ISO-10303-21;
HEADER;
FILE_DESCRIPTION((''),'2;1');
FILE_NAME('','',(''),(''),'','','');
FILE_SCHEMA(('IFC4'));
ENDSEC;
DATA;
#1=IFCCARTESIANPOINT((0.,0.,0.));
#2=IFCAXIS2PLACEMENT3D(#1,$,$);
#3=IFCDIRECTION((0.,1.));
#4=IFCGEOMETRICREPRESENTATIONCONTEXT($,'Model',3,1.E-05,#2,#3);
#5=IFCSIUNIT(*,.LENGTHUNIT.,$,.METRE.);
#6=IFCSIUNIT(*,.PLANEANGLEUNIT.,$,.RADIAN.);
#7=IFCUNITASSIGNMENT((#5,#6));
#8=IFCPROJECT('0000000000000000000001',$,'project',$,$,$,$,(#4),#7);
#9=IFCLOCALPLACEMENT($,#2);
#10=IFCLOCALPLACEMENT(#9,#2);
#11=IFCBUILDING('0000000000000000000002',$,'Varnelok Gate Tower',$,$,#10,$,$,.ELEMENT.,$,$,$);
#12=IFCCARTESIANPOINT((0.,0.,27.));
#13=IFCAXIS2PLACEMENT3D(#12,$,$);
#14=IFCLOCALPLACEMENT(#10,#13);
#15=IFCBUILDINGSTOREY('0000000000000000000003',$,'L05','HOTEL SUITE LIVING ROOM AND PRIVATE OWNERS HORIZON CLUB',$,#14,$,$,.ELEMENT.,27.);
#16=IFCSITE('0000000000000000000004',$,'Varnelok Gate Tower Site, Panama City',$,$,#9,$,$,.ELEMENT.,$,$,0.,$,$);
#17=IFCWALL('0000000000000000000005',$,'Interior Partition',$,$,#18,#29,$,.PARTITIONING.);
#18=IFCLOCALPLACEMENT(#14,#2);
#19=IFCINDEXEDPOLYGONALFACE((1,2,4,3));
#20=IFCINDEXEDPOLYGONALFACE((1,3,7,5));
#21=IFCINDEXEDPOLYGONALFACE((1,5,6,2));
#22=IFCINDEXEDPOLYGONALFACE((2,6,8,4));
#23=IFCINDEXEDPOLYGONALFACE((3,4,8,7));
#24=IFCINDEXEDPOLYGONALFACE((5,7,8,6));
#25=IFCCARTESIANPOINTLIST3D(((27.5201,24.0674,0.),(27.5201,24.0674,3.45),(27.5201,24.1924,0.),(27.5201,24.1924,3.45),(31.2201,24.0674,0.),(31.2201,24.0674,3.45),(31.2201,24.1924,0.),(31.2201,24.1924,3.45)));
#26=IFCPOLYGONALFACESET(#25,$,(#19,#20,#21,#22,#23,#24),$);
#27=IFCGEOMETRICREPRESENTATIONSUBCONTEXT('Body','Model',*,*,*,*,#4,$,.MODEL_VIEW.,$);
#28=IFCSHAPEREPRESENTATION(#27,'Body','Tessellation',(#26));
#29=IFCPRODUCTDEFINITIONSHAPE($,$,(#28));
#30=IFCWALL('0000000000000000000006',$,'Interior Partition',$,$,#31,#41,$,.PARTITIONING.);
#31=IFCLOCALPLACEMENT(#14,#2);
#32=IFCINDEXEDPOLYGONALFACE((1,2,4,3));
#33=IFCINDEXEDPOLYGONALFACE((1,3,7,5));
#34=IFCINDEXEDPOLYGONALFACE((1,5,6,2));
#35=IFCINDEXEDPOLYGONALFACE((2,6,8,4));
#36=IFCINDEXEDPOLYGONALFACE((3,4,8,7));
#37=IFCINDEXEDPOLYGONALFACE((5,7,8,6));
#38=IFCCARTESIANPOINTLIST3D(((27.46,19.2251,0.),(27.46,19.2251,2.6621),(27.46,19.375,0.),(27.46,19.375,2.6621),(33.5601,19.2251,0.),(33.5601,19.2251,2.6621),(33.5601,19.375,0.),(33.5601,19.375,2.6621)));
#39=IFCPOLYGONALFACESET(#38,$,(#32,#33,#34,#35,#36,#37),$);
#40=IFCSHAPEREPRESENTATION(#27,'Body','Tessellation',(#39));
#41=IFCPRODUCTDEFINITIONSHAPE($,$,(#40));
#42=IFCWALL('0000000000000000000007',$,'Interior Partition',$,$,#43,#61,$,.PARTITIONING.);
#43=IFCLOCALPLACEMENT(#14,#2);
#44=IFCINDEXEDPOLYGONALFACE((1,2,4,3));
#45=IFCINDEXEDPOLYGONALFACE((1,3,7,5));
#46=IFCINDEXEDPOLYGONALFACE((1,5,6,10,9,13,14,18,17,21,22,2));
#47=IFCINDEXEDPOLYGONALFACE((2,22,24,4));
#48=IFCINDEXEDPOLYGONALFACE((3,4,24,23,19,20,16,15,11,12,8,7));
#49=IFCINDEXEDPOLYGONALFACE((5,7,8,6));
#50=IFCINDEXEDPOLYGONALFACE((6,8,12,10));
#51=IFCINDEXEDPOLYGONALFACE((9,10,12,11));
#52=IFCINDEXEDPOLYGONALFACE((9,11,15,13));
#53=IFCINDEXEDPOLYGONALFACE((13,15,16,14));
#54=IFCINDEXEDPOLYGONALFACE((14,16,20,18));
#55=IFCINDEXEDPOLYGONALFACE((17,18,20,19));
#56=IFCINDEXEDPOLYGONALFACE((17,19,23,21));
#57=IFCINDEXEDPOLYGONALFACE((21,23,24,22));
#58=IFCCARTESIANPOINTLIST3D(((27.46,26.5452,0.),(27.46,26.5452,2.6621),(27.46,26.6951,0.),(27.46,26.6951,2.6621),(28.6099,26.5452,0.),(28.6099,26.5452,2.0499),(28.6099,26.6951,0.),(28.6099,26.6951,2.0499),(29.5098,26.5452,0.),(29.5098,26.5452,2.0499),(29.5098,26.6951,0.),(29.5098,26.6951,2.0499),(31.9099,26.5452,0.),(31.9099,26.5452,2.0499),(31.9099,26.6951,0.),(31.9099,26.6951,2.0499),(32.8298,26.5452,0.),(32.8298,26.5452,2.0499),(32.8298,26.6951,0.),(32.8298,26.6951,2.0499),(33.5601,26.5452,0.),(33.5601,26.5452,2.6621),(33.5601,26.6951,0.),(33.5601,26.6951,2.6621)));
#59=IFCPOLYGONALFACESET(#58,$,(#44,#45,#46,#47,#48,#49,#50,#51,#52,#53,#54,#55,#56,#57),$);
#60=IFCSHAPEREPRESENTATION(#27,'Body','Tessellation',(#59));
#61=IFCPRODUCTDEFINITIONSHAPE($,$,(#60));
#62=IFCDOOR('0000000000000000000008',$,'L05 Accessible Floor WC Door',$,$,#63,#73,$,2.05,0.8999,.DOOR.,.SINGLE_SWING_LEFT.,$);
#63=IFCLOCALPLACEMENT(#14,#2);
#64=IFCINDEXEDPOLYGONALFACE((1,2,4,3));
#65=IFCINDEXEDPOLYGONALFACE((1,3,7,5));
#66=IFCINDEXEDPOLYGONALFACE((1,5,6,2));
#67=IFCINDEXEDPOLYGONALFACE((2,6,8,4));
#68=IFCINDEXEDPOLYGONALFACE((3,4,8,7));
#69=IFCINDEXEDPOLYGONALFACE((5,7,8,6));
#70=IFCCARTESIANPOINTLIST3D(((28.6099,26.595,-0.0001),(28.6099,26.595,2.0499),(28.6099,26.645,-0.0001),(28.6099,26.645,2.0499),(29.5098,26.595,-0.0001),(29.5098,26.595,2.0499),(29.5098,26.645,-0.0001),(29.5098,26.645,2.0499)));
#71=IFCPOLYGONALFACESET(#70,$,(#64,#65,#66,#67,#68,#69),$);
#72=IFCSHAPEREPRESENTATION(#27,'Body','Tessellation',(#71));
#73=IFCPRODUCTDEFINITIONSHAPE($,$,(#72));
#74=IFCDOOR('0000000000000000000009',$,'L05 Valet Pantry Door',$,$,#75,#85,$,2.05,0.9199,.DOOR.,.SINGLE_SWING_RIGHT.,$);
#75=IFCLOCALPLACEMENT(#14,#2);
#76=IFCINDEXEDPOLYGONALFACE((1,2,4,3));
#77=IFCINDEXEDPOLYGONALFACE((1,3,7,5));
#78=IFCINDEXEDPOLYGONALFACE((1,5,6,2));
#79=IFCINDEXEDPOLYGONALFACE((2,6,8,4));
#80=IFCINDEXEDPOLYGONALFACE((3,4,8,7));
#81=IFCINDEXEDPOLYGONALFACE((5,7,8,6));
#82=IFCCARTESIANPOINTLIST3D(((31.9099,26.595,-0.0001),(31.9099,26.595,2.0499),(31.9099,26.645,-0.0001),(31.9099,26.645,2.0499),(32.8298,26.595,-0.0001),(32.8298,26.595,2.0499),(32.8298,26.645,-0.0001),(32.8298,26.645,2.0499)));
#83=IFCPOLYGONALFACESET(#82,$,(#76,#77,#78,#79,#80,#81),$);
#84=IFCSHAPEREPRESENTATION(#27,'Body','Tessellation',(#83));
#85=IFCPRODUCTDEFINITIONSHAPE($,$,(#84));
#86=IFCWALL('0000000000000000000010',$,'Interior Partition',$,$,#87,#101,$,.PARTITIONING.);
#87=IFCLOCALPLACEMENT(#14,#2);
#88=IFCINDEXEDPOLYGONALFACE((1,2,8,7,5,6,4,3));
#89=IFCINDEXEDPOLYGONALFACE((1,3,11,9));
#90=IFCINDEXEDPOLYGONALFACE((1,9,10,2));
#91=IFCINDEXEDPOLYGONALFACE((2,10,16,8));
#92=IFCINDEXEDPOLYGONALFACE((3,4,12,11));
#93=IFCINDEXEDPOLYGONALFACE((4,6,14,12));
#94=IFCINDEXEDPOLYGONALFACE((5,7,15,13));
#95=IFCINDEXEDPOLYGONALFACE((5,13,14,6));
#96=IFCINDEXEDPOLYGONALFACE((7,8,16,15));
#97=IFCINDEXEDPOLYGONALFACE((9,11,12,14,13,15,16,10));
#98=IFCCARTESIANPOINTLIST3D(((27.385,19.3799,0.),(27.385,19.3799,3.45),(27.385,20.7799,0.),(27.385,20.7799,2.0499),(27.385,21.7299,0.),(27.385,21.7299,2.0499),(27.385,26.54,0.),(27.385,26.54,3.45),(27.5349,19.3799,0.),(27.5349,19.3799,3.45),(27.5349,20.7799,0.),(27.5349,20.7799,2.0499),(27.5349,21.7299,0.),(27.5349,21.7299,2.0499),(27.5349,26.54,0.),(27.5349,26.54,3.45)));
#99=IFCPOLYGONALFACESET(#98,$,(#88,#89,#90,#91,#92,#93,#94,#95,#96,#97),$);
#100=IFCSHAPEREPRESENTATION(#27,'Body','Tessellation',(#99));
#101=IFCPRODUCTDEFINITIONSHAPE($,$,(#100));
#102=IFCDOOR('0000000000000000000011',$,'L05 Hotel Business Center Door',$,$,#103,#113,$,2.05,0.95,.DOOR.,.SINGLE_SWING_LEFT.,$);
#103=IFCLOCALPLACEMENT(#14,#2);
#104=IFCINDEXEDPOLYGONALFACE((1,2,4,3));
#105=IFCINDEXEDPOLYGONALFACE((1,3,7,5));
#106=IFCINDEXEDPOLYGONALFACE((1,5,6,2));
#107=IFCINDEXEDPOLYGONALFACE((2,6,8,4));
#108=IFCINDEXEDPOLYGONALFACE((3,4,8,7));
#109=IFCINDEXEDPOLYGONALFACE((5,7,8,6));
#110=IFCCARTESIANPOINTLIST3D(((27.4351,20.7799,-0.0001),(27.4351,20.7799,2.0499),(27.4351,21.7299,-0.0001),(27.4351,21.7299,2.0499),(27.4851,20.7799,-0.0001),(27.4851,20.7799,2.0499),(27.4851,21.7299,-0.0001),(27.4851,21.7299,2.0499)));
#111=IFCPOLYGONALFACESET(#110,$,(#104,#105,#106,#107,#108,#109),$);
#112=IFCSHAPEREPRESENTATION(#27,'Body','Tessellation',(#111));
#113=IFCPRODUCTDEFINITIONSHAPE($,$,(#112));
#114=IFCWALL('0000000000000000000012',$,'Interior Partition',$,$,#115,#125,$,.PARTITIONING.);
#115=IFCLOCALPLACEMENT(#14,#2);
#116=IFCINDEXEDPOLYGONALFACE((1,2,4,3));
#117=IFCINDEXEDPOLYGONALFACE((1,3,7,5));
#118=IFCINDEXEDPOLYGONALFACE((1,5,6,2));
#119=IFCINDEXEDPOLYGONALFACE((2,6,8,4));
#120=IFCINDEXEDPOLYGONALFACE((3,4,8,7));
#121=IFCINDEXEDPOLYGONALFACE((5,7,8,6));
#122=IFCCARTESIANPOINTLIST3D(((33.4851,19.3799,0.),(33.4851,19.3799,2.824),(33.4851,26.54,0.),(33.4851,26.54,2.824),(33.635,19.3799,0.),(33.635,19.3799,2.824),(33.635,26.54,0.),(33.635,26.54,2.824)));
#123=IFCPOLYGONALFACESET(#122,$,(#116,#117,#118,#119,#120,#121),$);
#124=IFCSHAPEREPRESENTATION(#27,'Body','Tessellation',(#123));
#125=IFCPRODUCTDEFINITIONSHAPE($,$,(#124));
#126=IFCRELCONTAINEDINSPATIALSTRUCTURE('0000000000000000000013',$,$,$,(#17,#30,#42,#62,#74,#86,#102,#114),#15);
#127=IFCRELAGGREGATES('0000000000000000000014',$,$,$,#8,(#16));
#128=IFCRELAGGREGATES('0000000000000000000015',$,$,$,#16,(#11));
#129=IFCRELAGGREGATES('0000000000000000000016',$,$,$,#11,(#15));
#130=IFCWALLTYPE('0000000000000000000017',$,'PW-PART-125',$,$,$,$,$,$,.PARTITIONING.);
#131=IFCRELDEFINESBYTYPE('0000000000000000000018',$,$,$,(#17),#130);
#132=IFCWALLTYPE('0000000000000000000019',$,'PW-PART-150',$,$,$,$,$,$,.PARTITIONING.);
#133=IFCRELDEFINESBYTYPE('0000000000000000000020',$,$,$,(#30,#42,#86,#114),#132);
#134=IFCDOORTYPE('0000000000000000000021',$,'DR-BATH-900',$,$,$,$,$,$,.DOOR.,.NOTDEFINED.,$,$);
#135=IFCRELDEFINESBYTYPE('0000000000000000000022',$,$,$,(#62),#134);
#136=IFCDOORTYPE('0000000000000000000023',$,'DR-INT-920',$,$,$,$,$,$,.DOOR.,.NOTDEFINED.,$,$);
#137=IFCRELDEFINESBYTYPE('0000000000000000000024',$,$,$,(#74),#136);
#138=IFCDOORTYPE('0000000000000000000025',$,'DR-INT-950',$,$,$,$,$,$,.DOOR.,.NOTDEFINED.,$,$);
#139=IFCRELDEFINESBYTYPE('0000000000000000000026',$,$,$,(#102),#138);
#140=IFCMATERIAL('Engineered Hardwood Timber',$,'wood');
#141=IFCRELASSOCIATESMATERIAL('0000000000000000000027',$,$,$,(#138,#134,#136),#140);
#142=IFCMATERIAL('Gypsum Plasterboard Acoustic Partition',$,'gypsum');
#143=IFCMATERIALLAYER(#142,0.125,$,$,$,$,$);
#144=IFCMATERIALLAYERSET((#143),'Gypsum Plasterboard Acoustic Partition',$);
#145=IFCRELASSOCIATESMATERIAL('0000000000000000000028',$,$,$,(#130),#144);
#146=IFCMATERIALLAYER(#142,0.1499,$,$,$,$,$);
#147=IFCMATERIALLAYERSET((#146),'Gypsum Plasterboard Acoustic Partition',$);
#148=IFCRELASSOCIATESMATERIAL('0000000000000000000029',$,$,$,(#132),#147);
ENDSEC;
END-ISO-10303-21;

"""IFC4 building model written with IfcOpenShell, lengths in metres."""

from ifc_helpers import new_model, si_unit, direction, frame, frame_2d, origin, place, context, subcontext, project, spatial, rectangle, extrude, material, layer, layer_set, type_object, element, fill, save


model = new_model("IFC4")

# Units and contexts
model_context = context("Model", 3, precision=1e-05, world=origin(), true_north=direction((0.0, 1.0)))
body_context = subcontext(model_context, "Body", "Model", "MODEL_VIEW")
ifc_project = project(units=[si_unit("LENGTHUNIT", "METRE"), si_unit("PLANEANGLEUNIT", "RADIAN")], contexts=[model_context])

# Site, building, storey
site_placement = place(None, origin())
site = spatial("IfcSite", under=ifc_project, at=site_placement, Name="Varnelok Gate Tower Site, Panama City", CompositionType="ELEMENT", RefElevation=0.0)
building_placement = place(site_placement, origin())
building = spatial("IfcBuilding", under=site, at=building_placement, Name="Varnelok Gate Tower", CompositionType="ELEMENT")
storey_placement = place(building_placement, frame((0.0, 0.0, 27.0)))
storey = spatial("IfcBuildingStorey", under=building, at=storey_placement, Name="L05", Description="HOTEL SUITE LIVING ROOM AND PRIVATE OWNERS HORIZON CLUB", CompositionType="ELEMENT", Elevation=27.0)

# Shared definitions
ifc_material_1 = material(Name="Gypsum Plasterboard Acoustic Partition", Category="gypsum")
ifc_material_2 = material(Name="Engineered Hardwood Timber", Category="wood")
door_type_1 = type_object("IfcDoorType", Name="DR-INT-950", OperationType="NOTDEFINED", PredefinedType="DOOR", material=ifc_material_2)

# Walls
ifc_layer_1 = layer(ifc_material_1, 0.125)
ifc_layer_set_1 = layer_set([ifc_layer_1], Name="Gypsum Plasterboard Acoustic Partition")
wall_type_1 = type_object("IfcWallType", Name="PW-PART-125", PredefinedType="PARTITIONING", material=ifc_layer_set_1)
wall_1_placement = place(storey_placement, frame((27.52, 24.1299, 0.0), z_axis=(0.0, 0.0, 1.0), x_axis=(1.0, 0.0, 0.0)))
element("IfcWall", 1, at=wall_1_placement, inside=storey, type_object=wall_type_1, Name="Interior Partition", PredefinedType="PARTITIONING", context=body_context, shape_type="SweptSolid", body=[
    extrude(rectangle(XDim=3.7, YDim=0.125, at=frame_2d((1.8501, 0.0))), origin(), (0.0, 0.0, 1.0), 3.45),
])
ifc_layer_2 = layer(ifc_material_1, 0.1499)
ifc_layer_set_2 = layer_set([ifc_layer_2], Name="Gypsum Plasterboard Acoustic Partition")
wall_type_2 = type_object("IfcWallType", Name="PW-PART-150", PredefinedType="PARTITIONING", material=ifc_layer_set_2)
wall_2_placement = place(storey_placement, frame((27.46, 19.3, 0.0), z_axis=(0.0, 0.0, 1.0), x_axis=(1.0, 0.0, 0.0)))
element("IfcWall", 2, at=wall_2_placement, inside=storey, type_object=wall_type_2, Name="Interior Partition", PredefinedType="PARTITIONING", context=body_context, shape_type="SweptSolid", body=[
    extrude(rectangle(XDim=6.1001, YDim=0.1499, at=frame_2d((3.05, 0.0))), origin(), (0.0, 0.0, 1.0), 2.6621),
])

# Wall, openings, doors
wall_3_placement = place(storey_placement, frame((27.46, 26.6201, 0.0), z_axis=(0.0, 0.0, 1.0), x_axis=(1.0, 0.0, 0.0)))
wall_3 = element("IfcWall", 3, at=wall_3_placement, inside=storey, type_object=wall_type_2, Name="Interior Partition", PredefinedType="PARTITIONING", context=body_context, shape_type="SweptSolid", body=[
    extrude(rectangle(XDim=6.1001, YDim=0.1499, at=frame_2d((3.05, 0.0))), origin(), (0.0, 0.0, 1.0), 2.6621),
])
opening_1_placement = place(wall_3_placement, frame((1.1499, 0.0, 0.0)))
opening_1 = element("IfcOpeningElement", 4, at=opening_1_placement, cuts=wall_3, PredefinedType="OPENING", context=body_context, shape_type="SweptSolid", body=[
    extrude(rectangle(XDim=0.8999, YDim=2.05, at=frame_2d((0.45, 1.0249))), frame((0.0, 0.085, 0.0), z_axis=(0.0, -1.0, 0.0), x_axis=(1.0, 0.0, 0.0)), (0.0, 0.0, 1.0), 0.1699),
])
opening_2_placement = place(wall_3_placement, frame((4.45, 0.0, 0.0)))
opening_2 = element("IfcOpeningElement", 5, at=opening_2_placement, cuts=wall_3, PredefinedType="OPENING", context=body_context, shape_type="SweptSolid", body=[
    extrude(rectangle(XDim=0.9199, YDim=2.05, at=frame_2d((0.46, 1.0249))), frame((0.0, 0.085, 0.0), z_axis=(0.0, -1.0, 0.0), x_axis=(1.0, 0.0, 0.0)), (0.0, 0.0, 1.0), 0.1699),
])
door_type_2 = type_object("IfcDoorType", Name="DR-BATH-900", OperationType="NOTDEFINED", PredefinedType="DOOR", material=ifc_material_2)
door_1_placement = place(opening_1_placement, origin())
door_1 = element("IfcDoor", 6, at=door_1_placement, inside=storey, type_object=door_type_2, Name="L05 Accessible Floor WC Door", OperationType="SINGLE_SWING_LEFT", OverallHeight=2.05, OverallWidth=0.8999, PredefinedType="DOOR", context=body_context, shape_type="SweptSolid", body=[
    extrude(rectangle(XDim=0.8999, YDim=2.05, at=frame_2d((0.45, 1.0249))), frame((0.0, 0.0249, 0.0), z_axis=(0.0, -1.0, 0.0), x_axis=(1.0, 0.0, 0.0)), (0.0, 0.0, 1.0), 0.05),
])
fill(opening_1, door_1)
door_type_3 = type_object("IfcDoorType", Name="DR-INT-920", OperationType="NOTDEFINED", PredefinedType="DOOR", material=ifc_material_2)
door_2_placement = place(opening_2_placement, origin())
door_2 = element("IfcDoor", 7, at=door_2_placement, inside=storey, type_object=door_type_3, Name="L05 Valet Pantry Door", OperationType="SINGLE_SWING_RIGHT", OverallHeight=2.05, OverallWidth=0.9199, PredefinedType="DOOR", context=body_context, shape_type="SweptSolid", body=[
    extrude(rectangle(XDim=0.9199, YDim=2.05, at=frame_2d((0.46, 1.0249))), frame((0.0, 0.0249, 0.0), z_axis=(0.0, -1.0, 0.0), x_axis=(1.0, 0.0, 0.0)), (0.0, 0.0, 1.0), 0.05),
])
fill(opening_2, door_2)

# Wall, opening, door
wall_4_placement = place(storey_placement, frame((27.46, 19.3799, 0.0), z_axis=(0.0, 0.0, 1.0), x_axis=(0.0, 1.0, 0.0)))
wall_4 = element("IfcWall", 8, at=wall_4_placement, inside=storey, type_object=wall_type_2, Name="Interior Partition", PredefinedType="PARTITIONING", context=body_context, shape_type="SweptSolid", body=[
    extrude(rectangle(XDim=7.1602, YDim=0.1499, at=frame_2d((3.5801, 0.0))), origin(), (0.0, 0.0, 1.0), 3.45),
])
opening_3_placement = place(wall_4_placement, frame((1.3999, 0.0, 0.0)))
opening_3 = element("IfcOpeningElement", 9, at=opening_3_placement, cuts=wall_4, PredefinedType="OPENING", context=body_context, shape_type="SweptSolid", body=[
    extrude(rectangle(XDim=0.95, YDim=2.05, at=frame_2d((0.4751, 1.0249))), frame((0.0, 0.085, 0.0), z_axis=(0.0, -1.0, 0.0), x_axis=(1.0, 0.0, 0.0)), (0.0, 0.0, 1.0), 0.1699),
])
door_3_placement = place(opening_3_placement, origin())
door_3 = element("IfcDoor", 10, at=door_3_placement, inside=storey, type_object=door_type_1, Name="L05 Hotel Business Center Door", OperationType="SINGLE_SWING_LEFT", OverallHeight=2.05, OverallWidth=0.95, PredefinedType="DOOR", context=body_context, shape_type="SweptSolid", body=[
    extrude(rectangle(XDim=0.95, YDim=2.05, at=frame_2d((0.4751, 1.0249))), frame((0.0, 0.0249, 0.0), z_axis=(0.0, -1.0, 0.0), x_axis=(1.0, 0.0, 0.0)), (0.0, 0.0, 1.0), 0.05),
])
fill(opening_3, door_3)

# Wall
wall_5_placement = place(storey_placement, frame((33.5601, 19.3799, 0.0), z_axis=(0.0, 0.0, 1.0), x_axis=(0.0, 1.0, 0.0)))
element("IfcWall", 11, at=wall_5_placement, inside=storey, type_object=wall_type_2, Name="Interior Partition", PredefinedType="PARTITIONING", context=body_context, shape_type="SweptSolid", body=[
    extrude(rectangle(XDim=7.1602, YDim=0.1499, at=frame_2d((3.5801, 0.0))), origin(), (0.0, 0.0, 1.0), 2.824),
])

save(model, "model.ifc")
